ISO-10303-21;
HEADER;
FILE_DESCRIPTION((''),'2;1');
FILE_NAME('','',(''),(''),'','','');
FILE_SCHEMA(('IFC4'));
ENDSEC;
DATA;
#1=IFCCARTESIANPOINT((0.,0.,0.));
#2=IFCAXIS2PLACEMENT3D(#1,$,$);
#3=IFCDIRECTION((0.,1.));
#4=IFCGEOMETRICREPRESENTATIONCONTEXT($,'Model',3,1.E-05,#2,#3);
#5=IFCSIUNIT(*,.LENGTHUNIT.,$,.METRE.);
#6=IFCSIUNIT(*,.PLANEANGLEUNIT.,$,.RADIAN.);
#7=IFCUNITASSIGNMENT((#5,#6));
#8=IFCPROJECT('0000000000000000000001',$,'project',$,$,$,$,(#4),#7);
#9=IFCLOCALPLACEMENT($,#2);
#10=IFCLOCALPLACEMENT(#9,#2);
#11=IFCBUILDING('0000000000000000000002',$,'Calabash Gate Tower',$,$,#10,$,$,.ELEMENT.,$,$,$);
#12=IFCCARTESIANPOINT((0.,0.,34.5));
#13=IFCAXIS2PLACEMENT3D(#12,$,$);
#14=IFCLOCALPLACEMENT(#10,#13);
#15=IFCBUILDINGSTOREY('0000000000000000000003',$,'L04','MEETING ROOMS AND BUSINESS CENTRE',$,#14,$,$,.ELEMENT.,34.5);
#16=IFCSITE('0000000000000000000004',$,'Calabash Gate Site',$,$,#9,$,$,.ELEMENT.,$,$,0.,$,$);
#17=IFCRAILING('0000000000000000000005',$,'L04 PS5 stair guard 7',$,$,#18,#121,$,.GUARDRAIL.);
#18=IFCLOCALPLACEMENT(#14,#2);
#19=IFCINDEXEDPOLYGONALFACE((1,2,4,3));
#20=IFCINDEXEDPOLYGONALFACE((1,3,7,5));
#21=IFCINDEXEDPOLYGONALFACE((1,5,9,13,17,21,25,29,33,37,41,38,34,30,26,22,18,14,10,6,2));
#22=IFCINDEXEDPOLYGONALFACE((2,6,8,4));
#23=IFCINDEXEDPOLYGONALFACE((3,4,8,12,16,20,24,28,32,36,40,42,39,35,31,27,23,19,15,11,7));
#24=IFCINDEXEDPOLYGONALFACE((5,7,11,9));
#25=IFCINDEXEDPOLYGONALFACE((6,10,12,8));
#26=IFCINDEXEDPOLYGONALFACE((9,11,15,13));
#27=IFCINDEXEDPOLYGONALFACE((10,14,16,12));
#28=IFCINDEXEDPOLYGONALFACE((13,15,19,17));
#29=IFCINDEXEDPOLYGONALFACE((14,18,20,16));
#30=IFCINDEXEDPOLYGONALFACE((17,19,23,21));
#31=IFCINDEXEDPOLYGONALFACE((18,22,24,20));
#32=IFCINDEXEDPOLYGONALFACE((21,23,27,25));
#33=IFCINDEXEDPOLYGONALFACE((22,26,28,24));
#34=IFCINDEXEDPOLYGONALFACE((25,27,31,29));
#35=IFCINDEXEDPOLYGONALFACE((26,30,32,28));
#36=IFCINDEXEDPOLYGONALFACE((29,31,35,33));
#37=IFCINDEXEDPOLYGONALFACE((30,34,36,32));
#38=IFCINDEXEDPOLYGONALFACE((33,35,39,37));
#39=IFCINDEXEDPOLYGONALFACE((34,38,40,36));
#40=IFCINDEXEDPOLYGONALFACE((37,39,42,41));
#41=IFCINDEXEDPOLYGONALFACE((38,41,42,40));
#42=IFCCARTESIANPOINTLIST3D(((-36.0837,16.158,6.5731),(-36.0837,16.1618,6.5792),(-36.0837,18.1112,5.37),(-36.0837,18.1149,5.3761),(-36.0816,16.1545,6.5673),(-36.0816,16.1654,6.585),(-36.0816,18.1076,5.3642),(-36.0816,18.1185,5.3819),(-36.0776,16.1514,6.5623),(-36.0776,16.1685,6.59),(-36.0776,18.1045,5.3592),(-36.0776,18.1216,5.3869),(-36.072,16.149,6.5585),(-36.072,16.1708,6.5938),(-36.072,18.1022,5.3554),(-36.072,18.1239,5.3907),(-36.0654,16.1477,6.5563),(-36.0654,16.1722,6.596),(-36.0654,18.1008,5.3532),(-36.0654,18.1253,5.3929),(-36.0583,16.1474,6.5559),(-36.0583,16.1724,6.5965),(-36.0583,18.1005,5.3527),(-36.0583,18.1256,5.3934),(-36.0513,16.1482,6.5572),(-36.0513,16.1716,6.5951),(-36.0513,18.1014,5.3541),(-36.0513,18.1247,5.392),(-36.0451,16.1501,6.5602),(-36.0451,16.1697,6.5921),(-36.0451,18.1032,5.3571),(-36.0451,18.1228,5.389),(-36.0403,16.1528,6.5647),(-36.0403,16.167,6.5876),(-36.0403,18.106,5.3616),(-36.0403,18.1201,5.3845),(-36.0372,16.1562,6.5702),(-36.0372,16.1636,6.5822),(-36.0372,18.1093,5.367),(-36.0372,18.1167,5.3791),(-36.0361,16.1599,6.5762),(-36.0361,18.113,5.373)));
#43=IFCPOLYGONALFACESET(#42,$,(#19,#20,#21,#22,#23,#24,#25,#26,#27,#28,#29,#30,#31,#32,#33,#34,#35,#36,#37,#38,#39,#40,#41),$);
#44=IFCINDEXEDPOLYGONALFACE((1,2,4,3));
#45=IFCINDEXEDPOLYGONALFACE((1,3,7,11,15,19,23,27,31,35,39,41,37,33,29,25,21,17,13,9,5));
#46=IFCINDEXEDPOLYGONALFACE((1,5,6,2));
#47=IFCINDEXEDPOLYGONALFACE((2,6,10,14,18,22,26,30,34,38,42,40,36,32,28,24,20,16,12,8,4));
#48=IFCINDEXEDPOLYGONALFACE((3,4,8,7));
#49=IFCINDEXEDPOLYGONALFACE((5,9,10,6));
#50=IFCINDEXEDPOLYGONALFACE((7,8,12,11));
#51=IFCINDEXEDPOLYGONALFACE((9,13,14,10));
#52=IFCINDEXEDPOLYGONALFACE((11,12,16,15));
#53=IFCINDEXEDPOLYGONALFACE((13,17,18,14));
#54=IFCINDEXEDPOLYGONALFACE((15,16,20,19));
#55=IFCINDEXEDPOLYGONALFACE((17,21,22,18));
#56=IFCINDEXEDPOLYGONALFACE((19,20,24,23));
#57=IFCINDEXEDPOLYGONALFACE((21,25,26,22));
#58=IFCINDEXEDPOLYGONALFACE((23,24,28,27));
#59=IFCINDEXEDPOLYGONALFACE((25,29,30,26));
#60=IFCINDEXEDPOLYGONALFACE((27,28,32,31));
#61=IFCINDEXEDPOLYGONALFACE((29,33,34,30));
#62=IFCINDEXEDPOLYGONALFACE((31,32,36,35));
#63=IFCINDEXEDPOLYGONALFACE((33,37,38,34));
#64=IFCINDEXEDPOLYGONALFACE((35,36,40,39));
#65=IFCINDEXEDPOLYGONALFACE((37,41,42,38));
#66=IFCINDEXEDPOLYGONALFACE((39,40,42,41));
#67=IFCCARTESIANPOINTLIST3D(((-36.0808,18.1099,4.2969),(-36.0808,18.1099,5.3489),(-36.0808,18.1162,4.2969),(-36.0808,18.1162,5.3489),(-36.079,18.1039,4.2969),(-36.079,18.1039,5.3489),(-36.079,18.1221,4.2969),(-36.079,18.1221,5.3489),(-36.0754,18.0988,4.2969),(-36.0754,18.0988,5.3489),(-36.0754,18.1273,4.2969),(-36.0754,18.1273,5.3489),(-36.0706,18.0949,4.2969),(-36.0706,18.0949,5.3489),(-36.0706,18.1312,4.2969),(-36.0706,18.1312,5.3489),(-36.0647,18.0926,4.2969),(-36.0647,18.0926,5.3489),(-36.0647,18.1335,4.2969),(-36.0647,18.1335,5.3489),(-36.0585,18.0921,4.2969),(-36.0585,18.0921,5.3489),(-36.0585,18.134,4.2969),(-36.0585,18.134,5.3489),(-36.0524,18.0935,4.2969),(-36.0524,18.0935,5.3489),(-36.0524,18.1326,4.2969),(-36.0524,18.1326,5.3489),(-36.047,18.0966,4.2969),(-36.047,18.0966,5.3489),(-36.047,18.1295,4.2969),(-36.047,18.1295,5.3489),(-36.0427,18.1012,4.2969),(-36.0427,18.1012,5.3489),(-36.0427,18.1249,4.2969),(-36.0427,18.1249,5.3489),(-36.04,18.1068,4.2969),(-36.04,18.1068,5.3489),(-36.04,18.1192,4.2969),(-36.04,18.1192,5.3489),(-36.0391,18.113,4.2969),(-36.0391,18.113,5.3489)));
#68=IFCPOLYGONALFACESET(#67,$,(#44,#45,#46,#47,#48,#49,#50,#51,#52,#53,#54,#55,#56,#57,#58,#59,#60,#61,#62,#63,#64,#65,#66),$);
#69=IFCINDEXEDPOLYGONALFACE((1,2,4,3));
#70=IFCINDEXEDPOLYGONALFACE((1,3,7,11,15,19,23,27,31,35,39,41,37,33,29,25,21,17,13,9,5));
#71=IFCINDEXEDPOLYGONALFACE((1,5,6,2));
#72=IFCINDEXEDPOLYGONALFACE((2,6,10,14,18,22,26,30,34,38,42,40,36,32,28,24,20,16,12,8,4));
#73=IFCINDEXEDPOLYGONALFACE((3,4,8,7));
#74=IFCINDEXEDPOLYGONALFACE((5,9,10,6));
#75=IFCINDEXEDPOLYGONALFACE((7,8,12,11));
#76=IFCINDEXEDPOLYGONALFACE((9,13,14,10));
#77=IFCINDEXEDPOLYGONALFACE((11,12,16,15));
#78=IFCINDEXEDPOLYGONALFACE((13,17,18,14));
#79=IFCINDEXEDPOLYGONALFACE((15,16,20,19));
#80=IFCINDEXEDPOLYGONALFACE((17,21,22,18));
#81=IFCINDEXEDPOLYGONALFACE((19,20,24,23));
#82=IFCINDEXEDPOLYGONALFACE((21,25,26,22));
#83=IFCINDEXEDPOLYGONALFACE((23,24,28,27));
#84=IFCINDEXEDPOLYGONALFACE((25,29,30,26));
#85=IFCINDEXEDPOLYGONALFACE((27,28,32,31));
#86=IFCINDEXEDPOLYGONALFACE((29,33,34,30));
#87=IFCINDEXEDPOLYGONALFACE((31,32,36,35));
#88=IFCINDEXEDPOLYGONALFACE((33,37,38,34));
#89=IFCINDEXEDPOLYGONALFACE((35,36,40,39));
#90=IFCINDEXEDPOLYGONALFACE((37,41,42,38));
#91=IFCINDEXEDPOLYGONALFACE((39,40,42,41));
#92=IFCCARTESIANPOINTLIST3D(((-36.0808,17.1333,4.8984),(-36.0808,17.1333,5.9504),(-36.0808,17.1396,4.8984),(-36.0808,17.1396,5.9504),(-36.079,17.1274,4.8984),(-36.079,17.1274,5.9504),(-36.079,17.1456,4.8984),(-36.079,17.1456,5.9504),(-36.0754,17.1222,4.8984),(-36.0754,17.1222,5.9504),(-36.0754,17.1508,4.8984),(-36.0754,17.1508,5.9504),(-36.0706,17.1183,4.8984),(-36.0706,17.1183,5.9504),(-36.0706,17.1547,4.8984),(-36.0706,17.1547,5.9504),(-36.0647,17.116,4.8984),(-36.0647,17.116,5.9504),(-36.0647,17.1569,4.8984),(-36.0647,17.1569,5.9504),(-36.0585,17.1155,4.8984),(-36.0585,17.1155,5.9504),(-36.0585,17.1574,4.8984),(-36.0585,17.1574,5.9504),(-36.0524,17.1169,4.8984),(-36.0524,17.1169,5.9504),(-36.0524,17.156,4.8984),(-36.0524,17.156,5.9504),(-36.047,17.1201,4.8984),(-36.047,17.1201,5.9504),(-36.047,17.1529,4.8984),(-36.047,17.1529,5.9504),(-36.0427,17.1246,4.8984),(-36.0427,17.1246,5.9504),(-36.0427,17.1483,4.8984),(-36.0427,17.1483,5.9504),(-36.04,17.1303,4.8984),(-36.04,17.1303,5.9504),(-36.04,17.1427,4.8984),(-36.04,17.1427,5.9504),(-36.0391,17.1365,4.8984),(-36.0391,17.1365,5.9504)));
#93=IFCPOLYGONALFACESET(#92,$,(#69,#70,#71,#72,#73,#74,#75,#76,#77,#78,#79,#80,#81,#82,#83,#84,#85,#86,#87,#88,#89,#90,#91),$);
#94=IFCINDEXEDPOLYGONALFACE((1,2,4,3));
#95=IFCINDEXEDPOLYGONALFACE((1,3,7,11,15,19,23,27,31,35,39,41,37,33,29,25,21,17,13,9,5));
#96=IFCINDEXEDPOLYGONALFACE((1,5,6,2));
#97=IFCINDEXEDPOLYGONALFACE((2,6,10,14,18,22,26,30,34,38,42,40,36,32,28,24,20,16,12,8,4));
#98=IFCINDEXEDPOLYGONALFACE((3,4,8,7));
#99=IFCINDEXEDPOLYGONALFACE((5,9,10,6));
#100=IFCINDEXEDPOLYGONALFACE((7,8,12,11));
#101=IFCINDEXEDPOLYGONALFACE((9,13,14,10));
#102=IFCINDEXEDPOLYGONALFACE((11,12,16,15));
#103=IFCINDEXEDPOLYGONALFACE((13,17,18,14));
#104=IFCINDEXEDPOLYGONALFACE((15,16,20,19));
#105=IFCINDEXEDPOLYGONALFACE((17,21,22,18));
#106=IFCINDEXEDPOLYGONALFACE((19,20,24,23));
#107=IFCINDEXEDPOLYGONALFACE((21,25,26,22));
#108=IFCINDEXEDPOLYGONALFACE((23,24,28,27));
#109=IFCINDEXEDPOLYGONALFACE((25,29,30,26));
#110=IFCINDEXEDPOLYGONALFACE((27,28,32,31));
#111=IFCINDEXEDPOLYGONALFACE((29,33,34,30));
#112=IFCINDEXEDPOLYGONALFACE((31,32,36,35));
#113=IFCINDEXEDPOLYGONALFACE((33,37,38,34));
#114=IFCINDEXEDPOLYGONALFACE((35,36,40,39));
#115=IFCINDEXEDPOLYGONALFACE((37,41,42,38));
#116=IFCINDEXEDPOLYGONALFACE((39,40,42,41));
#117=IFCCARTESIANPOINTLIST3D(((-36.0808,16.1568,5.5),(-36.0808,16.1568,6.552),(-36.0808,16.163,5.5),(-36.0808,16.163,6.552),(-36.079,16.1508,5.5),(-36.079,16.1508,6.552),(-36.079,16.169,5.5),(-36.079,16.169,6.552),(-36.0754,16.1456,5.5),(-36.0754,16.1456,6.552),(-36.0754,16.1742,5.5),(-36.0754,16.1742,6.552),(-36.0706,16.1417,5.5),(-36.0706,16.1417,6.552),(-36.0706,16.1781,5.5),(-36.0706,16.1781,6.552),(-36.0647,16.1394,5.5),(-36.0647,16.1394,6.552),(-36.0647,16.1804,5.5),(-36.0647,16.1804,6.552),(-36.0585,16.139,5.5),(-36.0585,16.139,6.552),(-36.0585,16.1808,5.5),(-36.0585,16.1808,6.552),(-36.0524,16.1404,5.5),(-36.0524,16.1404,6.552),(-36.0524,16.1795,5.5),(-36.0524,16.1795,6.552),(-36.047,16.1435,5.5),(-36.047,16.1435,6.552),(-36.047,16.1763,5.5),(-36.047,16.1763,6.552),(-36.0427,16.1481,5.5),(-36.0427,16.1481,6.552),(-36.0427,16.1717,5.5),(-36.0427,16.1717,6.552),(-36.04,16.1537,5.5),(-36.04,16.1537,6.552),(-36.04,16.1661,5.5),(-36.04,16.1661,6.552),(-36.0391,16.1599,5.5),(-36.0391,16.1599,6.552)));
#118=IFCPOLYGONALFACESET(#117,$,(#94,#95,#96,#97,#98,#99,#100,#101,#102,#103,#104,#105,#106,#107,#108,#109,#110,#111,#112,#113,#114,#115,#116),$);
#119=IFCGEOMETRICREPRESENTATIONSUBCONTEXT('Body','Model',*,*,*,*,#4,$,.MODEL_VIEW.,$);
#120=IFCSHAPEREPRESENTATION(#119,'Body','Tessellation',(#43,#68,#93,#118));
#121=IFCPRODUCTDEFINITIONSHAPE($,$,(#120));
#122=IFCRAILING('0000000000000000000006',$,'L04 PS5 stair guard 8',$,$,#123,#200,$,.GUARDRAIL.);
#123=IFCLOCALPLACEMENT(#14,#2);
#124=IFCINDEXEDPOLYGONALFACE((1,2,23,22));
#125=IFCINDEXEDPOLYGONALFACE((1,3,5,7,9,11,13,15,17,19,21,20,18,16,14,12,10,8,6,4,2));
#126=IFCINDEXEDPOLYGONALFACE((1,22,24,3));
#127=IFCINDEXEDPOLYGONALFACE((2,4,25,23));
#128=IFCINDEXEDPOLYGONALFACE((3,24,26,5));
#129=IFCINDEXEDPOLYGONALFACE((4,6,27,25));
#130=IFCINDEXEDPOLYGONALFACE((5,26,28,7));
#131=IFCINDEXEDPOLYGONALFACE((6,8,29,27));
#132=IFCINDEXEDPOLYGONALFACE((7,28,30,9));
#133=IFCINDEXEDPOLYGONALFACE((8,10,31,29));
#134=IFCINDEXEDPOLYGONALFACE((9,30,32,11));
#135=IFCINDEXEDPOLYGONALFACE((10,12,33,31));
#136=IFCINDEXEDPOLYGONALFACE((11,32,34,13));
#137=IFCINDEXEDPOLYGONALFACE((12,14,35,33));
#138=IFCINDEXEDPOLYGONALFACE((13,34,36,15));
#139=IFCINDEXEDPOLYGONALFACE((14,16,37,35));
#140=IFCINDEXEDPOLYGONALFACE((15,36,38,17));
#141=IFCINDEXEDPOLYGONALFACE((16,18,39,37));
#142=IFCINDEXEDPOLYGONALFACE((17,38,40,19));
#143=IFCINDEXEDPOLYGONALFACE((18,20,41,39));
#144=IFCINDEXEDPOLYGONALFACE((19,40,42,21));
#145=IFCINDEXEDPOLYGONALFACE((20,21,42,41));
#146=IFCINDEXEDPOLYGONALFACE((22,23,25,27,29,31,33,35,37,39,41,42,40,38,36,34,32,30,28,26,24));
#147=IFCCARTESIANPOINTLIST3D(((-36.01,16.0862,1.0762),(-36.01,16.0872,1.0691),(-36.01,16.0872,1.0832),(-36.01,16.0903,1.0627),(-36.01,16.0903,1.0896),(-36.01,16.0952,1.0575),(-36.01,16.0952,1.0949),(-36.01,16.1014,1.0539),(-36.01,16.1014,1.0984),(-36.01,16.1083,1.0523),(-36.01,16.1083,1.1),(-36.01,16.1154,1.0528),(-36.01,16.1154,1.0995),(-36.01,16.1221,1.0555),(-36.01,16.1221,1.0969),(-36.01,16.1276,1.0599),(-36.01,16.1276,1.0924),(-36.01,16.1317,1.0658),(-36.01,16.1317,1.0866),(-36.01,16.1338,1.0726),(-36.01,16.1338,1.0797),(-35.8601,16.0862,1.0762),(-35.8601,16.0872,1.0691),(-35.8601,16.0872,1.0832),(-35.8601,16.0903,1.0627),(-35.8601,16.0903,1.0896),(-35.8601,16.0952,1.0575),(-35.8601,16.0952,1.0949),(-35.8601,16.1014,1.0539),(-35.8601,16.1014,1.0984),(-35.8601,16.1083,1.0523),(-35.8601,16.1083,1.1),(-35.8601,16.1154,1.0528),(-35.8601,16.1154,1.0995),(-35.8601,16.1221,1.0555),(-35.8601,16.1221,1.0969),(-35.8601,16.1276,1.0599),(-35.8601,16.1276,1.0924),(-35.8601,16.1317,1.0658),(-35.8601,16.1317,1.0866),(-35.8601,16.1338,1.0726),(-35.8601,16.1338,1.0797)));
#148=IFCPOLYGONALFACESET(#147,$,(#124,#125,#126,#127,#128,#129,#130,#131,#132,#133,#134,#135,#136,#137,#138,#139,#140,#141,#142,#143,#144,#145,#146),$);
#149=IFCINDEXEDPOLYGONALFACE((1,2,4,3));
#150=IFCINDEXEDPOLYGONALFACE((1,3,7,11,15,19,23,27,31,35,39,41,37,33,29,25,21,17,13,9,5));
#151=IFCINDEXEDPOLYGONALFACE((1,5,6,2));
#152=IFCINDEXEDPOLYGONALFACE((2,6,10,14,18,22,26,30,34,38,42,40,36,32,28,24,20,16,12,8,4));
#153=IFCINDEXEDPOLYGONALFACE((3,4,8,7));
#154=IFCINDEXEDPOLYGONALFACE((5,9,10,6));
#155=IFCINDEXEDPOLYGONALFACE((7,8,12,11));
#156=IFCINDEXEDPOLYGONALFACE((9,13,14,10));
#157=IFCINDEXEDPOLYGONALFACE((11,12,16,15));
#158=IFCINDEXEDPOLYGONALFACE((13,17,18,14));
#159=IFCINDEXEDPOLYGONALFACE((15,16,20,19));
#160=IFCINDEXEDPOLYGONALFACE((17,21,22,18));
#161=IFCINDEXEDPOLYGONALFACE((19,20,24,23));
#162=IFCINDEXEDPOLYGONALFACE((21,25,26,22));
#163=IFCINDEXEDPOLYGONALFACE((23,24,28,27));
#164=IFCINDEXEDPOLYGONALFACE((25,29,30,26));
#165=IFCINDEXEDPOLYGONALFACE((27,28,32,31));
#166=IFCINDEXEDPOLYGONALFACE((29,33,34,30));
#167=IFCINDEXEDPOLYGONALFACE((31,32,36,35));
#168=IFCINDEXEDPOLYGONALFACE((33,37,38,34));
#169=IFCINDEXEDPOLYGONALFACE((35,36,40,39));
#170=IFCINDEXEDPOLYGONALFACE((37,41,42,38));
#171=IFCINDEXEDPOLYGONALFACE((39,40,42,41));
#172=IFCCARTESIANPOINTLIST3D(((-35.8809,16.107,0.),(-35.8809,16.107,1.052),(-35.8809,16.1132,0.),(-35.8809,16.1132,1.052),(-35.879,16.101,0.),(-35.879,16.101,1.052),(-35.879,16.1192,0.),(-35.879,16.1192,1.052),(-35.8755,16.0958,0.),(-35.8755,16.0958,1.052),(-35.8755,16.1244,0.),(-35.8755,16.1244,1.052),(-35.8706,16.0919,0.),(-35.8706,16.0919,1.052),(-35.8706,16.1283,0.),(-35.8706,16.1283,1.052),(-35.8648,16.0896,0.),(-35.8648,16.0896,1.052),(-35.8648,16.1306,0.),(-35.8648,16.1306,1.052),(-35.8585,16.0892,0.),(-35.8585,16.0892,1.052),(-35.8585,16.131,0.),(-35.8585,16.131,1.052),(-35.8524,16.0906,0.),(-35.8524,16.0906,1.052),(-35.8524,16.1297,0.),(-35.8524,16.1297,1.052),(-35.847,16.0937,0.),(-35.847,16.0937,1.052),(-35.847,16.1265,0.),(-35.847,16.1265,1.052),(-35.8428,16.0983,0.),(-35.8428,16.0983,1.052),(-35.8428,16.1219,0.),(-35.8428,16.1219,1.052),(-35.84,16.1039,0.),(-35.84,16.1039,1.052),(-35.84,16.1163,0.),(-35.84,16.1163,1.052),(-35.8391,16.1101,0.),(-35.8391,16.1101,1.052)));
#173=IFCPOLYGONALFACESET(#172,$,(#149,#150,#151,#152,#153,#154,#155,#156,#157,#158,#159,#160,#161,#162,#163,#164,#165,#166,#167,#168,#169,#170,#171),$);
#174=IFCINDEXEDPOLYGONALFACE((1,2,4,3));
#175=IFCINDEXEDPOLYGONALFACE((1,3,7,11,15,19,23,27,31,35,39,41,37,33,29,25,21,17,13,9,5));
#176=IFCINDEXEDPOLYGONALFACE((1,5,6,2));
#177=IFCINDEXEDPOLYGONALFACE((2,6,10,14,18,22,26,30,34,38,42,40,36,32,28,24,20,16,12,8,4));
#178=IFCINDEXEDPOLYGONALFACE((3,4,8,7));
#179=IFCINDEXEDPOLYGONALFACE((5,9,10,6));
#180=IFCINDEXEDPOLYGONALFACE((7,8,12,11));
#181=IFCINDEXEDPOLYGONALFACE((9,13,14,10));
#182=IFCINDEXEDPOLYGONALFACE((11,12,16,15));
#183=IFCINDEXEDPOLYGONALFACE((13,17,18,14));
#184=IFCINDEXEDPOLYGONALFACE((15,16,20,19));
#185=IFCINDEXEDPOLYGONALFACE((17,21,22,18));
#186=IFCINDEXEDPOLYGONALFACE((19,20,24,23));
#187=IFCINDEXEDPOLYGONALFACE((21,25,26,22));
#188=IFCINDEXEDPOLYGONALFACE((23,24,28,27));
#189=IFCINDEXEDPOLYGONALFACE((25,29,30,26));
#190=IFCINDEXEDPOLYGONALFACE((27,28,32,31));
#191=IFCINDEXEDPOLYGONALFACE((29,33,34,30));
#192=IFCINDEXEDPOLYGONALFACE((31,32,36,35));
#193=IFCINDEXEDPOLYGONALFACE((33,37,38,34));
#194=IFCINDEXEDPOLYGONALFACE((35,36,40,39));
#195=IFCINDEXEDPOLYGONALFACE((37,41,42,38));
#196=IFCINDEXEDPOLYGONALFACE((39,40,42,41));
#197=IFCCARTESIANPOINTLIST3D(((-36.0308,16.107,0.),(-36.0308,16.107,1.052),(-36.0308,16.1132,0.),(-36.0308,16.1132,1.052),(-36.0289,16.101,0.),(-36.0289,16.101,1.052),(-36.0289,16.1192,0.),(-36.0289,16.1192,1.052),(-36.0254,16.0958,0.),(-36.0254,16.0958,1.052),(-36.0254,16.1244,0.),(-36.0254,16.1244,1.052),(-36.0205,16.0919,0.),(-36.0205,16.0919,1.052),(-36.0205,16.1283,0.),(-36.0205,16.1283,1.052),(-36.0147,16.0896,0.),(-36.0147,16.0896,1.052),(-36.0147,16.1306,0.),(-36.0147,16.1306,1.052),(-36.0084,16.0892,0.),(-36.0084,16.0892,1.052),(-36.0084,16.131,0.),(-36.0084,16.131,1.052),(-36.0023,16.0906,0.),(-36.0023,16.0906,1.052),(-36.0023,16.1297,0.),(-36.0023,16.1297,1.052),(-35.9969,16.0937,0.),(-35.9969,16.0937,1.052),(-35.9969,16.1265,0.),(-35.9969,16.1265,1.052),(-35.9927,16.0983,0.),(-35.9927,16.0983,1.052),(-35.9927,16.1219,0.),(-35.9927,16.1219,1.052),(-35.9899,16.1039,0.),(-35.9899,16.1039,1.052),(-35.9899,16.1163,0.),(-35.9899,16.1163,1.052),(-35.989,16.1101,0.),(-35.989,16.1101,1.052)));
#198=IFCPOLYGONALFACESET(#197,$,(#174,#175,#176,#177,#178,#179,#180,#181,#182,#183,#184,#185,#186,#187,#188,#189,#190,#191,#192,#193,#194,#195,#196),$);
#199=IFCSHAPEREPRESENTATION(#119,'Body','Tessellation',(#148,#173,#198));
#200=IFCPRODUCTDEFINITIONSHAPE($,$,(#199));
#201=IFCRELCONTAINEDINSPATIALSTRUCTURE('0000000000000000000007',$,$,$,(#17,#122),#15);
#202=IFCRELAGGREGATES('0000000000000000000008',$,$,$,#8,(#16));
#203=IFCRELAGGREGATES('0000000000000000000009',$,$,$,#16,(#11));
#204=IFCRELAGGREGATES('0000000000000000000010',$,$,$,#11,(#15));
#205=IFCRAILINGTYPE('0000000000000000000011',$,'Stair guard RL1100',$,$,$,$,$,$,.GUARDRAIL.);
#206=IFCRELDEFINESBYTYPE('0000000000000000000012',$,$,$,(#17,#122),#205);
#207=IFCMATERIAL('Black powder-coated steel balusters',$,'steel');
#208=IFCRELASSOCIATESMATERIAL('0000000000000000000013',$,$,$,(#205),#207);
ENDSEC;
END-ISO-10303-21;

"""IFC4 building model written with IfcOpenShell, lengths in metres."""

from ifc_helpers import new_model, si_unit, direction, frame, origin, origin_2d, place, context, subcontext, project, spatial, circle, extrude, material, type_object, element, save


model = new_model("IFC4")

# Units and contexts
model_context = context("Model", 3, precision=1e-05, world=origin(), true_north=direction((0.0, 1.0)))
body_context = subcontext(model_context, "Body", "Model", "MODEL_VIEW")
ifc_project = project(units=[si_unit("LENGTHUNIT", "METRE"), si_unit("PLANEANGLEUNIT", "RADIAN")], contexts=[model_context])

# Site, building, storey
site_placement = place(None, origin())
site = spatial("IfcSite", under=ifc_project, at=site_placement, Name="Calabash Gate Site", CompositionType="ELEMENT", RefElevation=0.0)
building_placement = place(site_placement, origin())
building = spatial("IfcBuilding", under=site, at=building_placement, Name="Calabash Gate Tower", CompositionType="ELEMENT")
storey_placement = place(building_placement, frame((0.0, 0.0, 34.5)))
storey = spatial("IfcBuildingStorey", under=building, at=storey_placement, Name="L04", Description="MEETING ROOMS AND BUSINESS CENTRE", CompositionType="ELEMENT", Elevation=34.5)

# Railings
ifc_material_1 = material(Name="Black powder-coated steel balusters", Category="steel")
railing_type_1 = type_object("IfcRailingType", Name="Stair guard RL1100", PredefinedType="GUARDRAIL", material=ifc_material_1)
railing_1_placement = place(storey_placement, frame((-36.0601, 18.113, 4.2969)))
element("IfcRailing", 1, at=railing_1_placement, inside=storey, type_object=railing_type_1, Name="L04 PS5 stair guard 7", PredefinedType="GUARDRAIL", context=body_context, shape_type="SweptSolid", body=[
    extrude(circle(Radius=0.0239, at=origin_2d()), frame((0.0, 0.0, 1.0762), z_axis=(0.0, -0.851424, 0.524477), x_axis=(1.0, 0.0, 0.0)), (0.0, 0.0, 1.0), 2.2939),
    extrude(circle(Radius=0.021, at=origin_2d()), origin(), (0.0, 0.0, 1.0), 1.052),
    extrude(circle(Radius=0.021, at=origin_2d()), frame((0.0, -0.9766, 0.6016)), (0.0, 0.0, 1.0), 1.052),
    extrude(circle(Radius=0.021, at=origin_2d()), frame((0.0, -1.9531, 1.2031)), (0.0, 0.0, 1.0), 1.052),
])
railing_2_placement = place(storey_placement, frame((-35.8601, 16.1101, 0.0)))
element("IfcRailing", 2, at=railing_2_placement, inside=storey, type_object=railing_type_1, Name="L04 PS5 stair guard 8", PredefinedType="GUARDRAIL", context=body_context, shape_type="SweptSolid", body=[
    extrude(circle(Radius=0.0239, at=origin_2d()), frame((0.0, 0.0, 1.0762), z_axis=(-1.0, 0.0, 0.0), x_axis=(0.0, -1.0, 0.0)), (0.0, 0.0, 1.0), 0.1499),
    extrude(circle(Radius=0.021, at=origin_2d()), origin(), (0.0, 0.0, 1.0), 1.052),
    extrude(circle(Radius=0.021, at=origin_2d()), frame((-0.1499, 0.0, 0.0)), (0.0, 0.0, 1.0), 1.052),
])

save(model, "model.ifc")
